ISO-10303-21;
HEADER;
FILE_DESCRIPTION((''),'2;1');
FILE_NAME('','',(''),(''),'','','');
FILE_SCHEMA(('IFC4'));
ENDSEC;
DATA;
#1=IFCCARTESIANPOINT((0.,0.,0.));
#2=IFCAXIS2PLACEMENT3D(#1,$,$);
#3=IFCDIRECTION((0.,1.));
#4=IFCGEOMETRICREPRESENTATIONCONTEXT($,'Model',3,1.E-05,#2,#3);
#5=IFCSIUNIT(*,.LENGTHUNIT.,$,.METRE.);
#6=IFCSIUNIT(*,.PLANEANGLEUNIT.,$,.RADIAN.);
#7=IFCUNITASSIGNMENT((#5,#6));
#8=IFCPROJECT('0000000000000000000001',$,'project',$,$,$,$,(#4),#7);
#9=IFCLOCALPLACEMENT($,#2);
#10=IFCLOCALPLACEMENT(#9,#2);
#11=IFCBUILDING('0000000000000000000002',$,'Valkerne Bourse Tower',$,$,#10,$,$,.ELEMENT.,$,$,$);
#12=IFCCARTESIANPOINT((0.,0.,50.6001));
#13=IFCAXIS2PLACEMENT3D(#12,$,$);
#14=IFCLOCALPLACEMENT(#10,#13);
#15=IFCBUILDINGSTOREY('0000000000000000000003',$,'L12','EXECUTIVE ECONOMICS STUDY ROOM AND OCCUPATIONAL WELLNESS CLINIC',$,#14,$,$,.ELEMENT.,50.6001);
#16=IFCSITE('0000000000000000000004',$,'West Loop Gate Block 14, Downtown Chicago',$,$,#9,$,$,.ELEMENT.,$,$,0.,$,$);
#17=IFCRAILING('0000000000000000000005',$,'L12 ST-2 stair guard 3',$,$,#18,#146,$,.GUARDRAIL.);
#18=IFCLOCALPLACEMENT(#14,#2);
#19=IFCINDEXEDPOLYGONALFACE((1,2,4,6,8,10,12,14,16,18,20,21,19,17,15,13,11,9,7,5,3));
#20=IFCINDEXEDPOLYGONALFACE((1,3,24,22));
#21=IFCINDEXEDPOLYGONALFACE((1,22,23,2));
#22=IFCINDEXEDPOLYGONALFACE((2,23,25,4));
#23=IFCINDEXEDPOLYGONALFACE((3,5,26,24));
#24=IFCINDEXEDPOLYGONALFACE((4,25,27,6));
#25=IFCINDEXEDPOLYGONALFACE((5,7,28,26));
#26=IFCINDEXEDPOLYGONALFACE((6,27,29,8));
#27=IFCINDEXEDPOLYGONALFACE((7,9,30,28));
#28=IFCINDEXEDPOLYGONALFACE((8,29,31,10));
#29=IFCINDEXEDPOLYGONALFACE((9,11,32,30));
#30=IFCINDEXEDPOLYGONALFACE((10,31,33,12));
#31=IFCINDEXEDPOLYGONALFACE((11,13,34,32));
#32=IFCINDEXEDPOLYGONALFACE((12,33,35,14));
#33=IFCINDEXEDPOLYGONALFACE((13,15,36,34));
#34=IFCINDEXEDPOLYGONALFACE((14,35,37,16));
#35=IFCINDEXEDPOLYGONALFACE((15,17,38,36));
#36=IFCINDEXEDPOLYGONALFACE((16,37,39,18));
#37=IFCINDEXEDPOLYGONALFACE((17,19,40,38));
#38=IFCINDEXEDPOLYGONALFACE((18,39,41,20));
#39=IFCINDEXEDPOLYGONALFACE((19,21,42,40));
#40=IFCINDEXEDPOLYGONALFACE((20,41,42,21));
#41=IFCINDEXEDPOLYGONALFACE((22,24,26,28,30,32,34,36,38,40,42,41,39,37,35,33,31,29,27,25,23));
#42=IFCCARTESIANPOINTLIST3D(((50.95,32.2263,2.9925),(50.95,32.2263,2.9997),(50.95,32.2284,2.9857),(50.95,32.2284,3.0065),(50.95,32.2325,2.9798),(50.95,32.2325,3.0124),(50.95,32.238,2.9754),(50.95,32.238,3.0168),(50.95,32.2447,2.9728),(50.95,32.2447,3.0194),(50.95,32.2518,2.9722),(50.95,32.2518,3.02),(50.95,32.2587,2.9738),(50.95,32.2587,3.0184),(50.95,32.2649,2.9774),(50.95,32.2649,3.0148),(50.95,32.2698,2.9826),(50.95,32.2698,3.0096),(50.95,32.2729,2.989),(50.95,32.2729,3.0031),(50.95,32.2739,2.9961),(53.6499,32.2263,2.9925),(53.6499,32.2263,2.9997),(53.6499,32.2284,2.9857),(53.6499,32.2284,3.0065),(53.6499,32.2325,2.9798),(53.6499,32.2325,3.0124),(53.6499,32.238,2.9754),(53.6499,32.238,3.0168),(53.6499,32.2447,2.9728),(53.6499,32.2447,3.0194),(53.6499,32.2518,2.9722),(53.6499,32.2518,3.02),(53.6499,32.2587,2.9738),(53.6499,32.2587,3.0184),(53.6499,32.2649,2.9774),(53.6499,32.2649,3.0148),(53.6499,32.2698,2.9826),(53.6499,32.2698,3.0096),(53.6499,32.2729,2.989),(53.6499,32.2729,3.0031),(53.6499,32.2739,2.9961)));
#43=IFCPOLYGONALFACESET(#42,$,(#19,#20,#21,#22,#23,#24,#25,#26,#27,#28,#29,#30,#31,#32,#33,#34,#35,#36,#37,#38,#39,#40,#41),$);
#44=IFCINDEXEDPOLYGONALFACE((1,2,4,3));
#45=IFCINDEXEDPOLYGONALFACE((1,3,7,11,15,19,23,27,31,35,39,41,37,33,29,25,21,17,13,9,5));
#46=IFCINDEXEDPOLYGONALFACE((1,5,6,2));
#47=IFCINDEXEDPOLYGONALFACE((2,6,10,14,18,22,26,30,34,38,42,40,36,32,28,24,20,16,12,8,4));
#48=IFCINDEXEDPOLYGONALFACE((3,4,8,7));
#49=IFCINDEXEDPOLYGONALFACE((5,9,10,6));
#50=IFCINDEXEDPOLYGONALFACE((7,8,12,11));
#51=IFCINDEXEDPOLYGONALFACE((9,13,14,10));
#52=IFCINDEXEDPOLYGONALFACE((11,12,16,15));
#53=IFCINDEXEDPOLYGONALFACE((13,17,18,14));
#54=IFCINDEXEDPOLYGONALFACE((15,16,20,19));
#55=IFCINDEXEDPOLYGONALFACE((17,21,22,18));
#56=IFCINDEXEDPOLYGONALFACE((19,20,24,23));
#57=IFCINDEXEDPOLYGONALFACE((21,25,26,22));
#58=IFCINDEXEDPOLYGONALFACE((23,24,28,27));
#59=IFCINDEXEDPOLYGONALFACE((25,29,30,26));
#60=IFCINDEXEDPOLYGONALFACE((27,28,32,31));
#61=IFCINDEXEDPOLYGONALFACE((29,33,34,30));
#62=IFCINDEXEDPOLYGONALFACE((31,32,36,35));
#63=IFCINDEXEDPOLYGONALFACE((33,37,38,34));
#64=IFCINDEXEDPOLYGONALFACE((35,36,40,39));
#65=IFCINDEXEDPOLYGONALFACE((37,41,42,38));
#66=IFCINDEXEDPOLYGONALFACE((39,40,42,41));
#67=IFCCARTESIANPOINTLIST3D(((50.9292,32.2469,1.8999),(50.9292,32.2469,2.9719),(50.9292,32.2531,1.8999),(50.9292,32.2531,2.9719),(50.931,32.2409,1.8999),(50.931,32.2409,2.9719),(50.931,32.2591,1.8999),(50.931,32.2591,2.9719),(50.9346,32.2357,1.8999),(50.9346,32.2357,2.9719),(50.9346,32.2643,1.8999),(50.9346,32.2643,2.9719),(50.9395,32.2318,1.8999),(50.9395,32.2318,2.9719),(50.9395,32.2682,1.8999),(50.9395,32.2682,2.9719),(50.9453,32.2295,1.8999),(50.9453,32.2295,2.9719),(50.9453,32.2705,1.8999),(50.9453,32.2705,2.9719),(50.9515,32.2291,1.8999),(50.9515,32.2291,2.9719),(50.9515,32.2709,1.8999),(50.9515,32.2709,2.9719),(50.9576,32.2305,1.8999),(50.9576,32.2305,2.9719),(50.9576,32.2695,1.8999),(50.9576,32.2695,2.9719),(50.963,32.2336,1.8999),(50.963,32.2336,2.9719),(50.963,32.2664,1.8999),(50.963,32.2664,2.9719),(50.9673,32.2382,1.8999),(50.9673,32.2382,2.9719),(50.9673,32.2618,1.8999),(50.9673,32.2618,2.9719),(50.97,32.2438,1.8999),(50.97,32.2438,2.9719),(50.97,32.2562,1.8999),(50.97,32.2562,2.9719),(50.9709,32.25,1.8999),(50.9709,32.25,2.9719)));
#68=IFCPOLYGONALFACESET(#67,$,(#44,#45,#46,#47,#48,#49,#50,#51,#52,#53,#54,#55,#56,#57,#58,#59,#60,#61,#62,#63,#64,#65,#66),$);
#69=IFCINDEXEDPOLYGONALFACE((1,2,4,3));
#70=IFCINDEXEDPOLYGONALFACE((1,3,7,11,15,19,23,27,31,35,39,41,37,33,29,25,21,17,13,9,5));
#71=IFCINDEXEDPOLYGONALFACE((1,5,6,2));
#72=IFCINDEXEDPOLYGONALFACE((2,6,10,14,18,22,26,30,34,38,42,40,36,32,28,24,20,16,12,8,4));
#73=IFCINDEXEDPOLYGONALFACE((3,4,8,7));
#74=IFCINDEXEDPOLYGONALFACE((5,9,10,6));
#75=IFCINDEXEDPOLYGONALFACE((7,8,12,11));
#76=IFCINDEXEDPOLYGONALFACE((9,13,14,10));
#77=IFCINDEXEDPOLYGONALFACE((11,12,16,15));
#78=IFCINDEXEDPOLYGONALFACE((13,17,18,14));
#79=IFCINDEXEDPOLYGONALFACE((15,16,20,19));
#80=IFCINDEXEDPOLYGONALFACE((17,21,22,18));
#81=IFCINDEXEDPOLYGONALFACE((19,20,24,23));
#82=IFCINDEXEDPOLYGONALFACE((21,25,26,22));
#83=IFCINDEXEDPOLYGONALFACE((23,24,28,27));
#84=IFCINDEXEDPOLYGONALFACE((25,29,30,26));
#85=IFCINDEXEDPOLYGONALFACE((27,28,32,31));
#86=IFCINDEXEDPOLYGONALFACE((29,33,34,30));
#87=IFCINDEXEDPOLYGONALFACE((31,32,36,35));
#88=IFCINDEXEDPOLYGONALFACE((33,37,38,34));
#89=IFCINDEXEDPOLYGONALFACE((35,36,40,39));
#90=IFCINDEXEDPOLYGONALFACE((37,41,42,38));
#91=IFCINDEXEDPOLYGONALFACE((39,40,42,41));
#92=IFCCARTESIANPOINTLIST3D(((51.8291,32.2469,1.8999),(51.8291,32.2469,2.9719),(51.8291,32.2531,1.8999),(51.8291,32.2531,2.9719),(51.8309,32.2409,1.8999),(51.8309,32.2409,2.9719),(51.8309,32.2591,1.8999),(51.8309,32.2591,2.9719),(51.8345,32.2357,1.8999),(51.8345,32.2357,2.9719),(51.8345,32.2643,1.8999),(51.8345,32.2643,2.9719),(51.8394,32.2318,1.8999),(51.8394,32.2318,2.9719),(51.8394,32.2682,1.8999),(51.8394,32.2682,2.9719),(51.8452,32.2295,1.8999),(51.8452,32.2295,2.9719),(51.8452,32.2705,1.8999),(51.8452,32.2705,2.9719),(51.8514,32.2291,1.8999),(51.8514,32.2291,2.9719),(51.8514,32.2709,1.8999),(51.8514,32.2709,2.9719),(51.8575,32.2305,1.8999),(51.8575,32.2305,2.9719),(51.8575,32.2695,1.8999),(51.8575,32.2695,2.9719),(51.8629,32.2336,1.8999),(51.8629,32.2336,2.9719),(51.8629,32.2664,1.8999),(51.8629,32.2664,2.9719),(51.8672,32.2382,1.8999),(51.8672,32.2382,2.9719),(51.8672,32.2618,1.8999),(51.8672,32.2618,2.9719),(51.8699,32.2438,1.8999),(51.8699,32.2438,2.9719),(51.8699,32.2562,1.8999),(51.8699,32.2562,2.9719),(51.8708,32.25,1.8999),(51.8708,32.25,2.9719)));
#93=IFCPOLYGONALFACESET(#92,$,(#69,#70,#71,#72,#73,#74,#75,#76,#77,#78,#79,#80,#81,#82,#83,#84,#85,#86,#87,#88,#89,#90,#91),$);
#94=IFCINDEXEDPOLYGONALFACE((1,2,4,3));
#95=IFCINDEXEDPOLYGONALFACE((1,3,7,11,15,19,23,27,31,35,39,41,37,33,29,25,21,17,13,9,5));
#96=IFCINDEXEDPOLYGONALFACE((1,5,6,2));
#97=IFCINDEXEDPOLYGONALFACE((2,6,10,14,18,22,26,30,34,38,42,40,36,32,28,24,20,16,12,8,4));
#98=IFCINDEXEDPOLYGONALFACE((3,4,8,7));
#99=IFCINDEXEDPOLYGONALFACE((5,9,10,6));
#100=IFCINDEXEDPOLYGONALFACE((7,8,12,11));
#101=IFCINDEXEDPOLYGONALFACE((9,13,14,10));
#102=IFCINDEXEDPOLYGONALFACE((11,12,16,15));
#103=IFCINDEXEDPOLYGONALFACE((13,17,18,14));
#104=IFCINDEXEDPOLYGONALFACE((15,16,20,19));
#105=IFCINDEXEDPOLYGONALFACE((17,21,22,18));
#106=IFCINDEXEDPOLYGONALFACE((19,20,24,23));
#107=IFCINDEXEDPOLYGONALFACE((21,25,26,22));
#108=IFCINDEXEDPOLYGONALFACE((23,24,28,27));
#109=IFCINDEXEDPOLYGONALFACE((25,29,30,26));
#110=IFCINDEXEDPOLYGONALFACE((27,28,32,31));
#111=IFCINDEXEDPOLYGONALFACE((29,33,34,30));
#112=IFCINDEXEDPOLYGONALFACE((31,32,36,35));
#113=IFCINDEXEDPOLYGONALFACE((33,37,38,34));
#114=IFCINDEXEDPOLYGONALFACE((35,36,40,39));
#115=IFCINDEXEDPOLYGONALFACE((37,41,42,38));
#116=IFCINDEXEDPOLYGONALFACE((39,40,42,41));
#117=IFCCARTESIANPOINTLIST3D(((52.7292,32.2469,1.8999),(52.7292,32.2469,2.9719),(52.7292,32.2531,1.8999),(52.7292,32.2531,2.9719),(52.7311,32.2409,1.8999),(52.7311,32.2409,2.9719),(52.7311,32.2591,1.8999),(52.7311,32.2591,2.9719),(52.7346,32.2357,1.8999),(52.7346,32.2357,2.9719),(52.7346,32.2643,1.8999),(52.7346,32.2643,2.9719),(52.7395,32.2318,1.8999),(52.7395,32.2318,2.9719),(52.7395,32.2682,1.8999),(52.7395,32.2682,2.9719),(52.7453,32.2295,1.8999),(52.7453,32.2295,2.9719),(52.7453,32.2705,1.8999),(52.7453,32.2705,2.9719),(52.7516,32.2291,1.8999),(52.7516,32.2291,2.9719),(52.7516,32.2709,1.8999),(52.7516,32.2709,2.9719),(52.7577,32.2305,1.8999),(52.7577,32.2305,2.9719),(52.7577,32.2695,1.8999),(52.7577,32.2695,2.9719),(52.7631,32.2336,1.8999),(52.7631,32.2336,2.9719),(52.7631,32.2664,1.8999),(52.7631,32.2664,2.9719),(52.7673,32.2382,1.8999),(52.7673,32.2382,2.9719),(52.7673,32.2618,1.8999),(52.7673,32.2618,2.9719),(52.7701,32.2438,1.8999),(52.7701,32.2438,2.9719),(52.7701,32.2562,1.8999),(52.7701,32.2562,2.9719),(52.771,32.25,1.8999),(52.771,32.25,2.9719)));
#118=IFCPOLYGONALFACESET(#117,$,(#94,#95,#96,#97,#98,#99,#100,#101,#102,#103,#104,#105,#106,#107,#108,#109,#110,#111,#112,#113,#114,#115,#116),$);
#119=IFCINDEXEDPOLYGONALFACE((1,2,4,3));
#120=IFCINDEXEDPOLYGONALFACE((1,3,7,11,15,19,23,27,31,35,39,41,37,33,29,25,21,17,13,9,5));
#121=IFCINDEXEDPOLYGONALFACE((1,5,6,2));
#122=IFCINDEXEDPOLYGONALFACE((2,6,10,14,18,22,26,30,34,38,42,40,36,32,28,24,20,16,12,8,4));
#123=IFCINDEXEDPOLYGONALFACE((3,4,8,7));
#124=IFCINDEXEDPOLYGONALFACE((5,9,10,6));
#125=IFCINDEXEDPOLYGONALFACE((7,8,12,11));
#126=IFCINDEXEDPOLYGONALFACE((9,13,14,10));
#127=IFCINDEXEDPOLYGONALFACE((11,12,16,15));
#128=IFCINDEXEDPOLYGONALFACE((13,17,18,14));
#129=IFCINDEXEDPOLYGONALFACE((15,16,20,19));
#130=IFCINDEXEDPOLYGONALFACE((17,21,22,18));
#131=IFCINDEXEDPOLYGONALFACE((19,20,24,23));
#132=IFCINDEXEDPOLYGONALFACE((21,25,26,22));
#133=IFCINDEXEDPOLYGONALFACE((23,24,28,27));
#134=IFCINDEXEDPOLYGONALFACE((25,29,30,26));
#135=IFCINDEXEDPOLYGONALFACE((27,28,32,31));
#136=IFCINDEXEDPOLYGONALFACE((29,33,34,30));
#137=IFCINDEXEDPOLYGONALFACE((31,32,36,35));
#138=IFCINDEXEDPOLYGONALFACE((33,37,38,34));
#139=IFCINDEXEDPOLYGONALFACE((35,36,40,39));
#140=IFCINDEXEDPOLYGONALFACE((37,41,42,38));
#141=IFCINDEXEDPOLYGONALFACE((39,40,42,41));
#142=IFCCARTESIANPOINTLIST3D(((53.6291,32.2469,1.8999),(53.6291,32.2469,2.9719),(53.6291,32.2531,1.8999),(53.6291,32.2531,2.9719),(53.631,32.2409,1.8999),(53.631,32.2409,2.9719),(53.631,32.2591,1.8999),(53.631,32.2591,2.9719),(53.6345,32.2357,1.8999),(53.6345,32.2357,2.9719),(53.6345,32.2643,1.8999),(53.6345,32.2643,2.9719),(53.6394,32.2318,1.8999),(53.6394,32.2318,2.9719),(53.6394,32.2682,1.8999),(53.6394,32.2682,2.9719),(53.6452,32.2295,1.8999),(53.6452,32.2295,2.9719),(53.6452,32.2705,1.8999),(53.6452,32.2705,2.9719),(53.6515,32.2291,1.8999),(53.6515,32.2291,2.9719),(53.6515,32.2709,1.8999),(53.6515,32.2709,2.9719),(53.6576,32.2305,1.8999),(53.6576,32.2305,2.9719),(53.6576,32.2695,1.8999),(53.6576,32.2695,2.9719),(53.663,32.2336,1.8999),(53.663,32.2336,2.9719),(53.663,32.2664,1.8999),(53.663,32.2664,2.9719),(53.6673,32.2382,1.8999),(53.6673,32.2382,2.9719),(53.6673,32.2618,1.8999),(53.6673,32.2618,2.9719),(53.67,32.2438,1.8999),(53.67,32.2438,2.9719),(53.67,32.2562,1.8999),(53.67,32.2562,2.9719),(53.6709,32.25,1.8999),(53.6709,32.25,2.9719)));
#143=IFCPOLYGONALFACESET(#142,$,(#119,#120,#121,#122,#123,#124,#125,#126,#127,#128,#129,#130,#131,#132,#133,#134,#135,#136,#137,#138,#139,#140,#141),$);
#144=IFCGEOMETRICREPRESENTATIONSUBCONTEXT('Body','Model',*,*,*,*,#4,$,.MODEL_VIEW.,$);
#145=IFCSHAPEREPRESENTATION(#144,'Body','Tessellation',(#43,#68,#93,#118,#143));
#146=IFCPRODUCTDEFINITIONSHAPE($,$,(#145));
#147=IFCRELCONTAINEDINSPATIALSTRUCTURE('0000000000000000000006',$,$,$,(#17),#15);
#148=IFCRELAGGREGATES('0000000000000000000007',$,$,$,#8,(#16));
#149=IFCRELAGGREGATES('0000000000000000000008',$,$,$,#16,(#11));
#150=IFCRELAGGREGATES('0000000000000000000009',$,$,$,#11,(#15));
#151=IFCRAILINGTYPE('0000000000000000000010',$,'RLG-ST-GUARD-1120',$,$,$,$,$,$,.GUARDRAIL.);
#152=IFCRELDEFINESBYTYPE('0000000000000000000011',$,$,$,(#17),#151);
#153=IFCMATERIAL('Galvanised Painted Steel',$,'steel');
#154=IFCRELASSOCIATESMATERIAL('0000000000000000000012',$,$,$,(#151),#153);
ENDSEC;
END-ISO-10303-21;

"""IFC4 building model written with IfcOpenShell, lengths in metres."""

from ifc_helpers import new_model, si_unit, direction, frame, origin, origin_2d, place, context, subcontext, project, spatial, circle, extrude, material, type_object, element, save


model = new_model("IFC4")

# Units and contexts
model_context = context("Model", 3, precision=1e-05, world=origin(), true_north=direction((0.0, 1.0)))
body_context = subcontext(model_context, "Body", "Model", "MODEL_VIEW")
ifc_project = project(units=[si_unit("LENGTHUNIT", "METRE"), si_unit("PLANEANGLEUNIT", "RADIAN")], contexts=[model_context])

# Site, building, storey
site_placement = place(None, origin())
site = spatial("IfcSite", under=ifc_project, at=site_placement, Name="West Loop Gate Block 14, Downtown Chicago", CompositionType="ELEMENT", RefElevation=0.0)
building_placement = place(site_placement, origin())
building = spatial("IfcBuilding", under=site, at=building_placement, Name="Valkerne Bourse Tower", CompositionType="ELEMENT")
storey_placement = place(building_placement, frame((0.0, 0.0, 50.6001)))
storey = spatial("IfcBuildingStorey", under=building, at=storey_placement, Name="L12", Description="EXECUTIVE ECONOMICS STUDY ROOM AND OCCUPATIONAL WELLNESS CLINIC", CompositionType="ELEMENT", Elevation=50.6001)

# Railing
ifc_material_1 = material(Name="Galvanised Painted Steel", Category="steel")
railing_type_1 = type_object("IfcRailingType", Name="RLG-ST-GUARD-1120", PredefinedType="GUARDRAIL", material=ifc_material_1)
for number, where, name in (
    (1, (50.95, 32.25, 1.8999), "L12 ST-2 stair guard 3"),
):
    element("IfcRailing", number, at=place(storey_placement, frame(where)), inside=storey, type_object=railing_type_1, Name=name, PredefinedType="GUARDRAIL", context=body_context, shape_type="SweptSolid", body=[
        extrude(circle(Radius=0.0239, at=origin_2d()), frame((0.0, 0.0, 1.0962), z_axis=(1.0, 0.0, 0.0), x_axis=(0.0, 1.0, 0.0)), (0.0, 0.0, 1.0), 2.7),
        extrude(circle(Radius=0.021, at=origin_2d()), origin(), (0.0, 0.0, 1.0), 1.072),
        extrude(circle(Radius=0.021, at=origin_2d()), frame((0.8999, 0.0, 0.0)), (0.0, 0.0, 1.0), 1.072),
        extrude(circle(Radius=0.021, at=origin_2d()), frame((1.8, 0.0, 0.0)), (0.0, 0.0, 1.0), 1.072),
        extrude(circle(Radius=0.021, at=origin_2d()), frame((2.7, 0.0, 0.0)), (0.0, 0.0, 1.0), 1.072),
    ])

save(model, "model.ifc")
